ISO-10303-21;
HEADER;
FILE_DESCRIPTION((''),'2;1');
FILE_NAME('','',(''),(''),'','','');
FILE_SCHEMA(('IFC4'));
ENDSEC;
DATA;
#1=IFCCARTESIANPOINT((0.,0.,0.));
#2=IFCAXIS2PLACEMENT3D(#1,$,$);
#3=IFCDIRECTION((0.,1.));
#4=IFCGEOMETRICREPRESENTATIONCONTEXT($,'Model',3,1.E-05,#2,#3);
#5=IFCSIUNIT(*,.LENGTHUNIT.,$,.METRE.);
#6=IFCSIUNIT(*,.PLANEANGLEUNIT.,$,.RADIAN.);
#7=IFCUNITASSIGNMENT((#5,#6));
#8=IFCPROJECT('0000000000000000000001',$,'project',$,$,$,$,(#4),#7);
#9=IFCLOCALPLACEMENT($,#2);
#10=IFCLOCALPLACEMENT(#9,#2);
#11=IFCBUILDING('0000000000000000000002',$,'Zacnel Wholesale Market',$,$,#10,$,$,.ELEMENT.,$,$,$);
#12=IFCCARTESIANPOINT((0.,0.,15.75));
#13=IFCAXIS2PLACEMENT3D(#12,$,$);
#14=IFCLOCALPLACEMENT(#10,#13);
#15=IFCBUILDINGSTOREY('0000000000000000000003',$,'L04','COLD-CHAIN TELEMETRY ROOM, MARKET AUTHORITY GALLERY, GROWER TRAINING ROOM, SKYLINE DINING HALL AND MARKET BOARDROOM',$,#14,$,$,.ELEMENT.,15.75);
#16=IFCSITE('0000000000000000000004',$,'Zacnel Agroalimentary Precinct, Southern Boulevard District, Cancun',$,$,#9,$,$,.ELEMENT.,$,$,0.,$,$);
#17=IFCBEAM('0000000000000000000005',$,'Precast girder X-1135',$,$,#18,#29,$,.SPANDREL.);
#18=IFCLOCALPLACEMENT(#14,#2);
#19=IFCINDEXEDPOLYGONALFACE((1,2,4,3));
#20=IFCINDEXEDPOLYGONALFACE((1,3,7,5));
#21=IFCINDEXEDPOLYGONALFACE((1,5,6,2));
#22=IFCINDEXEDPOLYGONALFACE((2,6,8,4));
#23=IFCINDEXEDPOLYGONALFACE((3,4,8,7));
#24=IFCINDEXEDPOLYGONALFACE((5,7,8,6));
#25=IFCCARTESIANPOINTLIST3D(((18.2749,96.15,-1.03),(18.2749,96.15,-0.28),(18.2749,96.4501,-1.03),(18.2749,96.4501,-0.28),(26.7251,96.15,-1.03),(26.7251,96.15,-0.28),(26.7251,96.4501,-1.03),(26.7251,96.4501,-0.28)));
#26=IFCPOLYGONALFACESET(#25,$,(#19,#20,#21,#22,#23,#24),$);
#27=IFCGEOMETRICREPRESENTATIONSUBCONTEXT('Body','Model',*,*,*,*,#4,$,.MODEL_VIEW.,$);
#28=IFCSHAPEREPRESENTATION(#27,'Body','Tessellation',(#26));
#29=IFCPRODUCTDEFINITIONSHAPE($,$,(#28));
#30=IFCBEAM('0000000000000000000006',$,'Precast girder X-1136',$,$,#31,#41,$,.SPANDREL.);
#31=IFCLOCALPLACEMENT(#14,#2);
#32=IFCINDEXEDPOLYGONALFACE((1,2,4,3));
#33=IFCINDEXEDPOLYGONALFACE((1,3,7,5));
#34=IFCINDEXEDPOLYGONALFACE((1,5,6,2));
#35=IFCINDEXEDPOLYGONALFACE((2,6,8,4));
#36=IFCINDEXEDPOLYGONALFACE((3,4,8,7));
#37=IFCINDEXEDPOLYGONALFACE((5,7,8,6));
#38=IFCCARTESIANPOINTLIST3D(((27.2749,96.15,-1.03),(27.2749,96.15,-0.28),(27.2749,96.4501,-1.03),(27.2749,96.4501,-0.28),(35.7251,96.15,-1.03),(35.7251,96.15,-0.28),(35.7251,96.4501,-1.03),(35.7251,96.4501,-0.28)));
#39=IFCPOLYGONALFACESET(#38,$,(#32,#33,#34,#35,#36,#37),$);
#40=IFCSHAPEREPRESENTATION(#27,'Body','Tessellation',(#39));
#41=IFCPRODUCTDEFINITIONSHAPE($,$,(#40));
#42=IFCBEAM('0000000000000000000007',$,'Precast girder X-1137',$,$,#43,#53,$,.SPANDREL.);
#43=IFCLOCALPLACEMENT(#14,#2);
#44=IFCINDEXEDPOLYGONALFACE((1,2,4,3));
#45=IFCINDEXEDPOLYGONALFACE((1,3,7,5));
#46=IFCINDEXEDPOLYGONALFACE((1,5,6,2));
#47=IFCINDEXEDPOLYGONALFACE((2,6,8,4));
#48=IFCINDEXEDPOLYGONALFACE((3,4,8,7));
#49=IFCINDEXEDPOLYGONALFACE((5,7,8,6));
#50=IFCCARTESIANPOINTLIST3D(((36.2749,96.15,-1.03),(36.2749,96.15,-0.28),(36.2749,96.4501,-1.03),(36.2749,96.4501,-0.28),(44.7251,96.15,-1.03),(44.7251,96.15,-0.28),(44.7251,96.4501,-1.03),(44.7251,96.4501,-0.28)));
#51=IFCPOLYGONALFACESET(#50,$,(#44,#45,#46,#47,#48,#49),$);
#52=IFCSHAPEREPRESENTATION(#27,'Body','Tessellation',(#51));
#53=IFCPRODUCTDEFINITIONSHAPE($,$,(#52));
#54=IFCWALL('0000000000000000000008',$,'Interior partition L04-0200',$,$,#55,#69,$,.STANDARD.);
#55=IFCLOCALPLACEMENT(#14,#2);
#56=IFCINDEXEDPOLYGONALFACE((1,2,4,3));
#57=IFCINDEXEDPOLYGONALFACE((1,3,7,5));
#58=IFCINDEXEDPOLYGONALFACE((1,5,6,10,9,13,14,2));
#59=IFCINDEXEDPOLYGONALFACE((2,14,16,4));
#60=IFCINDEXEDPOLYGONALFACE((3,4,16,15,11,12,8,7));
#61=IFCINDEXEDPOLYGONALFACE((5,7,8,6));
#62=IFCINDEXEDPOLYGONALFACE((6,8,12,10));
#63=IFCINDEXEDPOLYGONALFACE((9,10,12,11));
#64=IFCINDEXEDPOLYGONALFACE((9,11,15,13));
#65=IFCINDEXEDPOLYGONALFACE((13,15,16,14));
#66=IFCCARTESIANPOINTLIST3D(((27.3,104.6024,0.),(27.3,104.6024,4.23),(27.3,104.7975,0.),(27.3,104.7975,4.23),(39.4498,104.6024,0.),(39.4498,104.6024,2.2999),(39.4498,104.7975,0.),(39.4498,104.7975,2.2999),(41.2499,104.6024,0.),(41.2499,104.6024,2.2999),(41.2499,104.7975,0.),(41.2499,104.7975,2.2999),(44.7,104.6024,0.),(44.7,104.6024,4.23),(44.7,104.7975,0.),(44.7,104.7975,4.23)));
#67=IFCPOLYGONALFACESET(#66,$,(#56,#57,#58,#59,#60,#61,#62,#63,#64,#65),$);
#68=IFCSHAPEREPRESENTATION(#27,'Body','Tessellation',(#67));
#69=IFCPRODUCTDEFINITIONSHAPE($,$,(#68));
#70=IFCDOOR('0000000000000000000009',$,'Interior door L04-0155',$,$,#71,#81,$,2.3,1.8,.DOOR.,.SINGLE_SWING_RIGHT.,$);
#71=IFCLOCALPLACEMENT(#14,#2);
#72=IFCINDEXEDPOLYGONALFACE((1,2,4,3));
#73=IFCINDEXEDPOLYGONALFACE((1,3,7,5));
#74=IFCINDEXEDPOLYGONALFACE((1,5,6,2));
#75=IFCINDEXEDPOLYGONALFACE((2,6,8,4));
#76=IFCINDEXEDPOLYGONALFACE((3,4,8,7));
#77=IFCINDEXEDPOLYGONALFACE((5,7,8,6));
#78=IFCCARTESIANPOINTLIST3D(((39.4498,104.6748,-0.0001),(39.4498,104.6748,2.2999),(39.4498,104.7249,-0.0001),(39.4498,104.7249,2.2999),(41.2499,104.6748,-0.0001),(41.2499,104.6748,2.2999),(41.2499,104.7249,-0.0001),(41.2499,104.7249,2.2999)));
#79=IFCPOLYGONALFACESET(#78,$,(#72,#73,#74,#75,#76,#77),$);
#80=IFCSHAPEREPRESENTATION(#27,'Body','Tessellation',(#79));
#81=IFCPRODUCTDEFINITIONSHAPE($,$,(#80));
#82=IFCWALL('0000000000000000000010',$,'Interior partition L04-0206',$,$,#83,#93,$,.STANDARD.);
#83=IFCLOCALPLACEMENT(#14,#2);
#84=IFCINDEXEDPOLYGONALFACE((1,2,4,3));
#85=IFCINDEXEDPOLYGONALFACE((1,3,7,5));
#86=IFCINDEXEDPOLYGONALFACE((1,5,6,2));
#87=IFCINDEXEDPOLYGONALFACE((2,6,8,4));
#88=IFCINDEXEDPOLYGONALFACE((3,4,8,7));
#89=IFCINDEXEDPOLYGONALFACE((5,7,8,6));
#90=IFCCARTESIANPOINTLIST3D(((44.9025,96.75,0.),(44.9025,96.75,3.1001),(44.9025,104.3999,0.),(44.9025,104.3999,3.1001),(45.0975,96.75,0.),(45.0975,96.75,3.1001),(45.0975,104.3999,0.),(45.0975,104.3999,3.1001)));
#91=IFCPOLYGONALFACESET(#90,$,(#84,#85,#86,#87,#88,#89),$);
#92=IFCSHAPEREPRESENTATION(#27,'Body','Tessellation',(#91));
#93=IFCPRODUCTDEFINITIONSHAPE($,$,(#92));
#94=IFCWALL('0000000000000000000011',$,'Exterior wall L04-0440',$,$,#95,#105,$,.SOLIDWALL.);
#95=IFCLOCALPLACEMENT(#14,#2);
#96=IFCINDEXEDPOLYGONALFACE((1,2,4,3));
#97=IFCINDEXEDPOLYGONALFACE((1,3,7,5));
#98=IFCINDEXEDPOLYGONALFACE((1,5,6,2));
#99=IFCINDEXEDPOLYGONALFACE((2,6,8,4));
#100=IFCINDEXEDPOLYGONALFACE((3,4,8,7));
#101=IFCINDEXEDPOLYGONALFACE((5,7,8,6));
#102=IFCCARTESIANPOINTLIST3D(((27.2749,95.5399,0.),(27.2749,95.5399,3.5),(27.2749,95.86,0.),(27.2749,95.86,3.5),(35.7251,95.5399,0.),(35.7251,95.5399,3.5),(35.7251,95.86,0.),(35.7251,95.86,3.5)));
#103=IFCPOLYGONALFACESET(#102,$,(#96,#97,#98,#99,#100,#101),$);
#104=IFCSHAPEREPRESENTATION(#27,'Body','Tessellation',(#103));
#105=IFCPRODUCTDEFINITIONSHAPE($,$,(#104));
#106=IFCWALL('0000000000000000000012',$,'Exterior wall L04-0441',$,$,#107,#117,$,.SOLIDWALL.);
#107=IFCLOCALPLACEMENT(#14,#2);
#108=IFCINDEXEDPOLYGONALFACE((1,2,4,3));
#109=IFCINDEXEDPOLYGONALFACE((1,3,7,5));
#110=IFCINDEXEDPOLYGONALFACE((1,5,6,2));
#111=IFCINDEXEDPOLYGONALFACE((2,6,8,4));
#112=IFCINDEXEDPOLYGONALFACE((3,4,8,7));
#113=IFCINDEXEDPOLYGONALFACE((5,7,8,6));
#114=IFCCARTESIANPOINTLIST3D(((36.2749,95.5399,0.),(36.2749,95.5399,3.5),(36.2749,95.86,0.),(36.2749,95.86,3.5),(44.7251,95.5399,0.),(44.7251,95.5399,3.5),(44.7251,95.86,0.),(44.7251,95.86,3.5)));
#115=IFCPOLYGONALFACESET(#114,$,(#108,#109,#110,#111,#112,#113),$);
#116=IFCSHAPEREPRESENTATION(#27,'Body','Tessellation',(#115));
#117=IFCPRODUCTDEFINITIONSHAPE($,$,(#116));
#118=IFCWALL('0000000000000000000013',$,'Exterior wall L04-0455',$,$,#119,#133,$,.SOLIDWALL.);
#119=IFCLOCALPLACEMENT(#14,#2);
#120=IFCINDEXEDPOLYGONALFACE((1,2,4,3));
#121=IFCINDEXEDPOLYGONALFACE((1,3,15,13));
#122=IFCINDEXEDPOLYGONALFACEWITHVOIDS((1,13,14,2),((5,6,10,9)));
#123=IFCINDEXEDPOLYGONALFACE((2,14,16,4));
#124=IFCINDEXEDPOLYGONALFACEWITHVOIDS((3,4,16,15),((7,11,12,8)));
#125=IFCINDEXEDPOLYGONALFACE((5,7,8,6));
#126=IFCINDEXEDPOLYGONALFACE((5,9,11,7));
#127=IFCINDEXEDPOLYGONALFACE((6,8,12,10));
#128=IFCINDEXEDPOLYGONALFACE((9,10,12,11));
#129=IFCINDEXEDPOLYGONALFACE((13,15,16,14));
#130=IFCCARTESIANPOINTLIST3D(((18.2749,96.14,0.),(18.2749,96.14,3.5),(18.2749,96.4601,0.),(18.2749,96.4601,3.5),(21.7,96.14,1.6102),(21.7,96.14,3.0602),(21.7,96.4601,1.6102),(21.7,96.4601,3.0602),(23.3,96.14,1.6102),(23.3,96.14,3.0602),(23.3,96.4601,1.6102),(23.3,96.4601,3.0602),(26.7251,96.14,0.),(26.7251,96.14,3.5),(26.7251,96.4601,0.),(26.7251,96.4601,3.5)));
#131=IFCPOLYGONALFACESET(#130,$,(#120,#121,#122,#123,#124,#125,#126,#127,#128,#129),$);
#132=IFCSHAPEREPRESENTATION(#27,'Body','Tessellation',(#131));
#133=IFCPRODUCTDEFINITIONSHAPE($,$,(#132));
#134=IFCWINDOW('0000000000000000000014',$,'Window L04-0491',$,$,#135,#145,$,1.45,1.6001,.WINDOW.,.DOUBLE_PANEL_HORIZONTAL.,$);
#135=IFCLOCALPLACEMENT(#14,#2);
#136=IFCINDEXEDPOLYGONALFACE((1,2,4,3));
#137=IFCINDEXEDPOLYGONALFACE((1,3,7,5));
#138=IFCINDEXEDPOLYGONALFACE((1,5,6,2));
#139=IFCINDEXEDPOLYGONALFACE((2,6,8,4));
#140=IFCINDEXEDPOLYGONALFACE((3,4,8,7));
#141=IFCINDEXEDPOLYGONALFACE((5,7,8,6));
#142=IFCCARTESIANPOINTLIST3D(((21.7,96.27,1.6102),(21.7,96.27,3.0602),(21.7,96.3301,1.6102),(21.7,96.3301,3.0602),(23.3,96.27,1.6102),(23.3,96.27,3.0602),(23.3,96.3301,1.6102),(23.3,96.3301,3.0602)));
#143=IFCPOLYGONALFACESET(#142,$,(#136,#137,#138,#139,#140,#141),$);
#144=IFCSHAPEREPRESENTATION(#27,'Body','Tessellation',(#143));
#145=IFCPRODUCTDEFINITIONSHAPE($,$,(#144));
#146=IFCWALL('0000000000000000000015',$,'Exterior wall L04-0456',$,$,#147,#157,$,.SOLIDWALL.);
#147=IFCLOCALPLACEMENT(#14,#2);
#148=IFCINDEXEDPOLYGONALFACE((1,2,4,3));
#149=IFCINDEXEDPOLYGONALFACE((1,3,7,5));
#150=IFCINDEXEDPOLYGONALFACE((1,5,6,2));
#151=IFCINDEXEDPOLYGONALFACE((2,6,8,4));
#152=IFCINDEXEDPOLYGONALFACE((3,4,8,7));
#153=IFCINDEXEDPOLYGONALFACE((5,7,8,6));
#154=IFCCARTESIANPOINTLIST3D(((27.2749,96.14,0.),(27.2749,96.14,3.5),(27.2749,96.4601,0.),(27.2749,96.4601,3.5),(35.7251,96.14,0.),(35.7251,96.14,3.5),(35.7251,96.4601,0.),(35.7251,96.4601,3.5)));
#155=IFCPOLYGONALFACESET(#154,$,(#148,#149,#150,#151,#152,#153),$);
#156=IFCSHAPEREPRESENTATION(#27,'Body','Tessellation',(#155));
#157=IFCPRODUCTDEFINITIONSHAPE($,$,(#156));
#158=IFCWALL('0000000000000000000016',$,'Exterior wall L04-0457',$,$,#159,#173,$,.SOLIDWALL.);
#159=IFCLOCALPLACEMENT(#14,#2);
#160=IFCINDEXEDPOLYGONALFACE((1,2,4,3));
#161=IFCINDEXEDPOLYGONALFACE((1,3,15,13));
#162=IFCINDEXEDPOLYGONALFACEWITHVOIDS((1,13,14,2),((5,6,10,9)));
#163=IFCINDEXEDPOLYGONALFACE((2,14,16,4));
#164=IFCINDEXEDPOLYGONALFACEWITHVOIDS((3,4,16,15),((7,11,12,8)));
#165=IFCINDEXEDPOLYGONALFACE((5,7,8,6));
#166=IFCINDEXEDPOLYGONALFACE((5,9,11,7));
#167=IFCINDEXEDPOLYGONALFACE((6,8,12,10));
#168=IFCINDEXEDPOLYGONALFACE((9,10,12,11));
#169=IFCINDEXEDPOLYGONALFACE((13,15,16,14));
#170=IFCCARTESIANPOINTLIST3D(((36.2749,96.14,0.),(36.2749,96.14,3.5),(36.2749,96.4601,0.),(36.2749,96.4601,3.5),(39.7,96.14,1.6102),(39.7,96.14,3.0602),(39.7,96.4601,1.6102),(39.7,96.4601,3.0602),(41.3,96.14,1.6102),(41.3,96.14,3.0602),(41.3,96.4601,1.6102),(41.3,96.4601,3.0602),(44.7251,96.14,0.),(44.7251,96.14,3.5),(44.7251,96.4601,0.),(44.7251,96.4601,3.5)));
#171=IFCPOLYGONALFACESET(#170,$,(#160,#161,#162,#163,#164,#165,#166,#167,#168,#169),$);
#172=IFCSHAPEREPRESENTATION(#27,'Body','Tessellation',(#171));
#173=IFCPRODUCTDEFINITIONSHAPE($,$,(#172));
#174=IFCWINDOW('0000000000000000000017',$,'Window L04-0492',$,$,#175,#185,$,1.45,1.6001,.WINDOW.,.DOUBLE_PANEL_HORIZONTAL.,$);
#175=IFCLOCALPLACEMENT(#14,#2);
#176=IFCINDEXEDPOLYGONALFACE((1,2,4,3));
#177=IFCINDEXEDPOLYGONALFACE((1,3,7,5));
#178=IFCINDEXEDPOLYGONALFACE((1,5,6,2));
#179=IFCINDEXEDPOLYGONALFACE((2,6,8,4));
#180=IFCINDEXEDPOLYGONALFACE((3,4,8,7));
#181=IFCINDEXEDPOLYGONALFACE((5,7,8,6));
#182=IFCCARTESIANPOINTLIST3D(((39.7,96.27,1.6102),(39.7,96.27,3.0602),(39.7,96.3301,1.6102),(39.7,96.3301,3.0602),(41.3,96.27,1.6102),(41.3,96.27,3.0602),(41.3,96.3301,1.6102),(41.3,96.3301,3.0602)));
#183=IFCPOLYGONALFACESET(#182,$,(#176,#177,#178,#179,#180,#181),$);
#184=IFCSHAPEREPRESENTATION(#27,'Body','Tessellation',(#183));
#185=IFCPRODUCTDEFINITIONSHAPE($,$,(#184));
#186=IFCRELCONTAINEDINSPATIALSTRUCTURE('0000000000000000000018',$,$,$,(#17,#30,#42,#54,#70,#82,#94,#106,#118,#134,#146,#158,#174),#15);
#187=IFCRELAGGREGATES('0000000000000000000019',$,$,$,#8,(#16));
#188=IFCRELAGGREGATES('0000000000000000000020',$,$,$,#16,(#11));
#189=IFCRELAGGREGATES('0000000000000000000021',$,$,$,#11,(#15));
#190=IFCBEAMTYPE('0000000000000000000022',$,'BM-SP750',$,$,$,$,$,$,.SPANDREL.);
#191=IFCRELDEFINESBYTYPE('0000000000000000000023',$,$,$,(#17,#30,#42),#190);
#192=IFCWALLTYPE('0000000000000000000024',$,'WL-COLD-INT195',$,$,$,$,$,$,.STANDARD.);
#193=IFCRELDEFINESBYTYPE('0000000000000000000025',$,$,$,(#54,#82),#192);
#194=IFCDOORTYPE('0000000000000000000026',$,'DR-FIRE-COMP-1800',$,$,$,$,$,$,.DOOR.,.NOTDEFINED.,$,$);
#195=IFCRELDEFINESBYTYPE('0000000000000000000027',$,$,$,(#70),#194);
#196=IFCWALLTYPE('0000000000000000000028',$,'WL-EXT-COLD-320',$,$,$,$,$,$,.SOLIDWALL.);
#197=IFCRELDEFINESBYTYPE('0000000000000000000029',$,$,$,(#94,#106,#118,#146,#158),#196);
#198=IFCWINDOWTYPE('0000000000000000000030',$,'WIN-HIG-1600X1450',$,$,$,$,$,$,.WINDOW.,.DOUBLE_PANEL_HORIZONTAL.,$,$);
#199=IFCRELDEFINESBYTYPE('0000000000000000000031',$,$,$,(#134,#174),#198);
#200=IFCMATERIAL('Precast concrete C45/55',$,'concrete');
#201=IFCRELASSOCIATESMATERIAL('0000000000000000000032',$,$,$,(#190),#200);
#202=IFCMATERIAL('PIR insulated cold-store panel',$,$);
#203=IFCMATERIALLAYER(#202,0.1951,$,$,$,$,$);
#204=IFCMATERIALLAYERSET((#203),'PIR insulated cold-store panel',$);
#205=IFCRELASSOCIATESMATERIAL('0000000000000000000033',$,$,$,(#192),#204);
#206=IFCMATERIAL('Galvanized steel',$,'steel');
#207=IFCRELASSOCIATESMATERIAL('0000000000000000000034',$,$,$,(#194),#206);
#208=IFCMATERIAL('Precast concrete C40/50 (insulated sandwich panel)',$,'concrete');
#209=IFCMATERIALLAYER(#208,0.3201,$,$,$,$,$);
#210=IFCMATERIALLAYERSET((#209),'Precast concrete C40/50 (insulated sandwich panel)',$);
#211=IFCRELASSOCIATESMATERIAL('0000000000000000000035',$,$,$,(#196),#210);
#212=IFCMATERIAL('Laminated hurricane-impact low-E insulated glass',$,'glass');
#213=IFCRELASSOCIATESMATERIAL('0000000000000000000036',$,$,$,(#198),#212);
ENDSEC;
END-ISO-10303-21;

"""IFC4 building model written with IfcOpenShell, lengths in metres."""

from ifc_helpers import new_model, si_unit, direction, frame, frame_2d, origin, origin_2d, place, context, subcontext, project, spatial, rectangle, extrude, material, layer, layer_set, material_profile, profile_set, type_object, element, fill, save


model = new_model("IFC4")

# Units and contexts
model_context = context("Model", 3, precision=1e-05, world=origin(), true_north=direction((0.0, 1.0)))
body_context = subcontext(model_context, "Body", "Model", "MODEL_VIEW")
ifc_project = project(units=[si_unit("LENGTHUNIT", "METRE"), si_unit("PLANEANGLEUNIT", "RADIAN")], contexts=[model_context])

# Site, building, storey
site_placement = place(None, origin())
site = spatial("IfcSite", under=ifc_project, at=site_placement, Name="Zacnel Agroalimentary Precinct, Southern Boulevard District, Cancun", CompositionType="ELEMENT", RefElevation=0.0)
building_placement = place(site_placement, origin())
building = spatial("IfcBuilding", under=site, at=building_placement, Name="Zacnel Wholesale Market", CompositionType="ELEMENT")
storey_placement = place(building_placement, frame((0.0, 0.0, 15.75)))
storey = spatial("IfcBuildingStorey", under=building, at=storey_placement, Name="L04", Description="COLD-CHAIN TELEMETRY ROOM, MARKET AUTHORITY GALLERY, GROWER TRAINING ROOM, SKYLINE DINING HALL AND MARKET BOARDROOM", CompositionType="ELEMENT", Elevation=15.75)

# Beams
ifc_material_1 = material(Name="Precast concrete C45/55", Category="concrete")
ifc_material_profile_1 = material_profile(ifc_material_1, rectangle(XDim=0.3, YDim=0.75, at=origin_2d()), Name="SP 300x750")
ifc_profile_set_1 = profile_set([ifc_material_profile_1], Name="Precast concrete C45/55")
beam_type_1 = type_object("IfcBeamType", Name="BM-SP750", PredefinedType="SPANDREL", material=ifc_profile_set_1)
for number, where, z_axis, x_axis, name in (
    (1, (18.2749, 96.3, -0.655), (1.0, 0.0, 0.0), (0.0, 1.0, 0.0), "Precast girder X-1135"),
    (2, (27.2749, 96.3, -0.655), (1.0, 0.0, 0.0), (0.0, 1.0, 0.0), "Precast girder X-1136"),
    (3, (36.2749, 96.3, -0.655), (1.0, 0.0, 0.0), (0.0, 1.0, 0.0), "Precast girder X-1137"),
):
    element("IfcBeam", number, at=place(storey_placement, frame(where, z_axis=z_axis, x_axis=x_axis)), inside=storey, type_object=beam_type_1, Name=name, PredefinedType="SPANDREL", context=body_context, shape_type="SweptSolid", body=[
        extrude(rectangle(XDim=0.3, YDim=0.75, at=origin_2d()), origin(), (0.0, 0.0, 1.0), 8.4502),
    ])

# Wall, opening, door
ifc_material_2 = material(Name="PIR insulated cold-store panel")
ifc_layer_1 = layer(ifc_material_2, 0.1951)
ifc_layer_set_1 = layer_set([ifc_layer_1], Name="PIR insulated cold-store panel")
wall_type_1 = type_object("IfcWallType", Name="WL-COLD-INT195", PredefinedType="STANDARD", material=ifc_layer_set_1)
wall_1_placement = place(storey_placement, frame((27.3, 104.7, 0.0), z_axis=(0.0, 0.0, 1.0), x_axis=(1.0, 0.0, 0.0)))
wall_1 = element("IfcWall", 4, at=wall_1_placement, inside=storey, type_object=wall_type_1, Name="Interior partition L04-0200", PredefinedType="STANDARD", context=body_context, shape_type="SweptSolid", body=[
    extrude(rectangle(XDim=17.3999, YDim=0.1951, at=frame_2d((8.7, 0.0))), origin(), (0.0, 0.0, 1.0), 4.23),
])
opening_1_placement = place(wall_1_placement, frame((12.1499, 0.0, 0.0)))
opening_1 = element("IfcOpeningElement", 5, at=opening_1_placement, cuts=wall_1, PredefinedType="OPENING", context=body_context, shape_type="SweptSolid", body=[
    extrude(rectangle(XDim=1.8, YDim=2.3, at=frame_2d((0.8999, 1.1499))), frame((0.0, 0.1074, 0.0), z_axis=(0.0, -1.0, 0.0), x_axis=(1.0, 0.0, 0.0)), (0.0, 0.0, 1.0), 0.2151),
])
ifc_material_3 = material(Name="Galvanized steel", Category="steel")
door_type_1 = type_object("IfcDoorType", Name="DR-FIRE-COMP-1800", OperationType="NOTDEFINED", PredefinedType="DOOR", material=ifc_material_3)
door_1_placement = place(opening_1_placement, origin())
door_1 = element("IfcDoor", 6, at=door_1_placement, inside=storey, type_object=door_type_1, Name="Interior door L04-0155", OperationType="SINGLE_SWING_RIGHT", OverallHeight=2.3, OverallWidth=1.8, PredefinedType="DOOR", context=body_context, shape_type="SweptSolid", body=[
    extrude(rectangle(XDim=1.8, YDim=2.3, at=frame_2d((0.8999, 1.1499))), frame((0.0, 0.0249, 0.0), z_axis=(0.0, -1.0, 0.0), x_axis=(1.0, 0.0, 0.0)), (0.0, 0.0, 1.0), 0.05),
])
fill(opening_1, door_1)

# Walls
wall_2_placement = place(storey_placement, frame((45.0, 96.75, 0.0), z_axis=(0.0, 0.0, 1.0), x_axis=(0.0, 1.0, 0.0)))
element("IfcWall", 7, at=wall_2_placement, inside=storey, type_object=wall_type_1, Name="Interior partition L04-0206", PredefinedType="STANDARD", context=body_context, shape_type="SweptSolid", body=[
    extrude(rectangle(XDim=7.6499, YDim=0.1951, at=frame_2d((3.825, 0.0))), origin(), (0.0, 0.0, 1.0), 3.1001),
])
ifc_material_4 = material(Name="Precast concrete C40/50 (insulated sandwich panel)", Category="concrete")
ifc_layer_2 = layer(ifc_material_4, 0.3201)
ifc_layer_set_2 = layer_set([ifc_layer_2], Name="Precast concrete C40/50 (insulated sandwich panel)")
wall_type_2 = type_object("IfcWallType", Name="WL-EXT-COLD-320", PredefinedType="SOLIDWALL", material=ifc_layer_set_2)
for number, where, z_axis, x_axis, name in (
    (8, (27.2749, 95.7, 0.0), (0.0, 0.0, 1.0), (1.0, 0.0, 0.0), "Exterior wall L04-0440"),
    (9, (36.2749, 95.7, 0.0), (0.0, 0.0, 1.0), (1.0, 0.0, 0.0), "Exterior wall L04-0441"),
):
    element("IfcWall", number, at=place(storey_placement, frame(where, z_axis=z_axis, x_axis=x_axis)), inside=storey, type_object=wall_type_2, Name=name, PredefinedType="SOLIDWALL", context=body_context, shape_type="SweptSolid", body=[
        extrude(rectangle(XDim=8.4502, YDim=0.3201, at=frame_2d((4.2251, 0.0))), origin(), (0.0, 0.0, 1.0), 3.5),
    ])

# Wall, opening, window
wall_3_placement = place(storey_placement, frame((18.2749, 96.3, 0.0), z_axis=(0.0, 0.0, 1.0), x_axis=(1.0, 0.0, 0.0)))
wall_3 = element("IfcWall", 10, at=wall_3_placement, inside=storey, type_object=wall_type_2, Name="Exterior wall L04-0455", PredefinedType="SOLIDWALL", context=body_context, shape_type="SweptSolid", body=[
    extrude(rectangle(XDim=8.4502, YDim=0.3201, at=frame_2d((4.2251, 0.0))), origin(), (0.0, 0.0, 1.0), 3.5),
])
opening_2_placement = place(wall_3_placement, frame((3.425, 0.0, 1.6101)))
opening_2 = element("IfcOpeningElement", 11, at=opening_2_placement, cuts=wall_3, PredefinedType="OPENING", context=body_context, shape_type="SweptSolid", body=[
    extrude(rectangle(XDim=1.6001, YDim=1.45, at=frame_2d((0.8, 0.7251))), frame((0.0, 0.1699, 0.0), z_axis=(0.0, -1.0, 0.0), x_axis=(1.0, 0.0, 0.0)), (0.0, 0.0, 1.0), 0.3401),
])
ifc_material_5 = material(Name="Laminated hurricane-impact low-E insulated glass", Category="glass")
window_type = type_object("IfcWindowType", Name="WIN-HIG-1600X1450", PartitioningType="DOUBLE_PANEL_HORIZONTAL", PredefinedType="WINDOW", material=ifc_material_5)
window_1_placement = place(opening_2_placement, origin())
window_1 = element("IfcWindow", 12, at=window_1_placement, inside=storey, type_object=window_type, Name="Window L04-0491", OverallHeight=1.45, OverallWidth=1.6001, PartitioningType="DOUBLE_PANEL_HORIZONTAL", PredefinedType="WINDOW", context=body_context, shape_type="SweptSolid", body=[
    extrude(rectangle(XDim=1.6001, YDim=1.45, at=frame_2d((0.8, 0.7251))), frame((0.0, 0.03, 0.0), z_axis=(0.0, -1.0, 0.0), x_axis=(1.0, 0.0, 0.0)), (0.0, 0.0, 1.0), 0.0601),
])
fill(opening_2, window_1)

# Wall
wall_4_placement = place(storey_placement, frame((27.2749, 96.3, 0.0), z_axis=(0.0, 0.0, 1.0), x_axis=(1.0, 0.0, 0.0)))
element("IfcWall", 13, at=wall_4_placement, inside=storey, type_object=wall_type_2, Name="Exterior wall L04-0456", PredefinedType="SOLIDWALL", context=body_context, shape_type="SweptSolid", body=[
    extrude(rectangle(XDim=8.4502, YDim=0.3201, at=frame_2d((4.2251, 0.0))), origin(), (0.0, 0.0, 1.0), 3.5),
])

# Wall, opening, window
wall_5_placement = place(storey_placement, frame((36.2749, 96.3, 0.0), z_axis=(0.0, 0.0, 1.0), x_axis=(1.0, 0.0, 0.0)))
wall_5 = element("IfcWall", 14, at=wall_5_placement, inside=storey, type_object=wall_type_2, Name="Exterior wall L04-0457", PredefinedType="SOLIDWALL", context=body_context, shape_type="SweptSolid", body=[
    extrude(rectangle(XDim=8.4502, YDim=0.3201, at=frame_2d((4.2251, 0.0))), origin(), (0.0, 0.0, 1.0), 3.5),
])
opening_3_placement = place(wall_5_placement, frame((3.425, 0.0, 1.6101)))
opening_3 = element("IfcOpeningElement", 15, at=opening_3_placement, cuts=wall_5, PredefinedType="OPENING", context=body_context, shape_type="SweptSolid", body=[
    extrude(rectangle(XDim=1.6001, YDim=1.45, at=frame_2d((0.8, 0.7251))), frame((0.0, 0.1699, 0.0), z_axis=(0.0, -1.0, 0.0), x_axis=(1.0, 0.0, 0.0)), (0.0, 0.0, 1.0), 0.3401),
])
window_2_placement = place(opening_3_placement, origin())
window_2 = element("IfcWindow", 16, at=window_2_placement, inside=storey, type_object=window_type, Name="Window L04-0492", OverallHeight=1.45, OverallWidth=1.6001, PartitioningType="DOUBLE_PANEL_HORIZONTAL", PredefinedType="WINDOW", context=body_context, shape_type="SweptSolid", body=[
    extrude(rectangle(XDim=1.6001, YDim=1.45, at=frame_2d((0.8, 0.7251))), frame((0.0, 0.03, 0.0), z_axis=(0.0, -1.0, 0.0), x_axis=(1.0, 0.0, 0.0)), (0.0, 0.0, 1.0), 0.0601),
])
fill(opening_3, window_2)

save(model, "model.ifc")
